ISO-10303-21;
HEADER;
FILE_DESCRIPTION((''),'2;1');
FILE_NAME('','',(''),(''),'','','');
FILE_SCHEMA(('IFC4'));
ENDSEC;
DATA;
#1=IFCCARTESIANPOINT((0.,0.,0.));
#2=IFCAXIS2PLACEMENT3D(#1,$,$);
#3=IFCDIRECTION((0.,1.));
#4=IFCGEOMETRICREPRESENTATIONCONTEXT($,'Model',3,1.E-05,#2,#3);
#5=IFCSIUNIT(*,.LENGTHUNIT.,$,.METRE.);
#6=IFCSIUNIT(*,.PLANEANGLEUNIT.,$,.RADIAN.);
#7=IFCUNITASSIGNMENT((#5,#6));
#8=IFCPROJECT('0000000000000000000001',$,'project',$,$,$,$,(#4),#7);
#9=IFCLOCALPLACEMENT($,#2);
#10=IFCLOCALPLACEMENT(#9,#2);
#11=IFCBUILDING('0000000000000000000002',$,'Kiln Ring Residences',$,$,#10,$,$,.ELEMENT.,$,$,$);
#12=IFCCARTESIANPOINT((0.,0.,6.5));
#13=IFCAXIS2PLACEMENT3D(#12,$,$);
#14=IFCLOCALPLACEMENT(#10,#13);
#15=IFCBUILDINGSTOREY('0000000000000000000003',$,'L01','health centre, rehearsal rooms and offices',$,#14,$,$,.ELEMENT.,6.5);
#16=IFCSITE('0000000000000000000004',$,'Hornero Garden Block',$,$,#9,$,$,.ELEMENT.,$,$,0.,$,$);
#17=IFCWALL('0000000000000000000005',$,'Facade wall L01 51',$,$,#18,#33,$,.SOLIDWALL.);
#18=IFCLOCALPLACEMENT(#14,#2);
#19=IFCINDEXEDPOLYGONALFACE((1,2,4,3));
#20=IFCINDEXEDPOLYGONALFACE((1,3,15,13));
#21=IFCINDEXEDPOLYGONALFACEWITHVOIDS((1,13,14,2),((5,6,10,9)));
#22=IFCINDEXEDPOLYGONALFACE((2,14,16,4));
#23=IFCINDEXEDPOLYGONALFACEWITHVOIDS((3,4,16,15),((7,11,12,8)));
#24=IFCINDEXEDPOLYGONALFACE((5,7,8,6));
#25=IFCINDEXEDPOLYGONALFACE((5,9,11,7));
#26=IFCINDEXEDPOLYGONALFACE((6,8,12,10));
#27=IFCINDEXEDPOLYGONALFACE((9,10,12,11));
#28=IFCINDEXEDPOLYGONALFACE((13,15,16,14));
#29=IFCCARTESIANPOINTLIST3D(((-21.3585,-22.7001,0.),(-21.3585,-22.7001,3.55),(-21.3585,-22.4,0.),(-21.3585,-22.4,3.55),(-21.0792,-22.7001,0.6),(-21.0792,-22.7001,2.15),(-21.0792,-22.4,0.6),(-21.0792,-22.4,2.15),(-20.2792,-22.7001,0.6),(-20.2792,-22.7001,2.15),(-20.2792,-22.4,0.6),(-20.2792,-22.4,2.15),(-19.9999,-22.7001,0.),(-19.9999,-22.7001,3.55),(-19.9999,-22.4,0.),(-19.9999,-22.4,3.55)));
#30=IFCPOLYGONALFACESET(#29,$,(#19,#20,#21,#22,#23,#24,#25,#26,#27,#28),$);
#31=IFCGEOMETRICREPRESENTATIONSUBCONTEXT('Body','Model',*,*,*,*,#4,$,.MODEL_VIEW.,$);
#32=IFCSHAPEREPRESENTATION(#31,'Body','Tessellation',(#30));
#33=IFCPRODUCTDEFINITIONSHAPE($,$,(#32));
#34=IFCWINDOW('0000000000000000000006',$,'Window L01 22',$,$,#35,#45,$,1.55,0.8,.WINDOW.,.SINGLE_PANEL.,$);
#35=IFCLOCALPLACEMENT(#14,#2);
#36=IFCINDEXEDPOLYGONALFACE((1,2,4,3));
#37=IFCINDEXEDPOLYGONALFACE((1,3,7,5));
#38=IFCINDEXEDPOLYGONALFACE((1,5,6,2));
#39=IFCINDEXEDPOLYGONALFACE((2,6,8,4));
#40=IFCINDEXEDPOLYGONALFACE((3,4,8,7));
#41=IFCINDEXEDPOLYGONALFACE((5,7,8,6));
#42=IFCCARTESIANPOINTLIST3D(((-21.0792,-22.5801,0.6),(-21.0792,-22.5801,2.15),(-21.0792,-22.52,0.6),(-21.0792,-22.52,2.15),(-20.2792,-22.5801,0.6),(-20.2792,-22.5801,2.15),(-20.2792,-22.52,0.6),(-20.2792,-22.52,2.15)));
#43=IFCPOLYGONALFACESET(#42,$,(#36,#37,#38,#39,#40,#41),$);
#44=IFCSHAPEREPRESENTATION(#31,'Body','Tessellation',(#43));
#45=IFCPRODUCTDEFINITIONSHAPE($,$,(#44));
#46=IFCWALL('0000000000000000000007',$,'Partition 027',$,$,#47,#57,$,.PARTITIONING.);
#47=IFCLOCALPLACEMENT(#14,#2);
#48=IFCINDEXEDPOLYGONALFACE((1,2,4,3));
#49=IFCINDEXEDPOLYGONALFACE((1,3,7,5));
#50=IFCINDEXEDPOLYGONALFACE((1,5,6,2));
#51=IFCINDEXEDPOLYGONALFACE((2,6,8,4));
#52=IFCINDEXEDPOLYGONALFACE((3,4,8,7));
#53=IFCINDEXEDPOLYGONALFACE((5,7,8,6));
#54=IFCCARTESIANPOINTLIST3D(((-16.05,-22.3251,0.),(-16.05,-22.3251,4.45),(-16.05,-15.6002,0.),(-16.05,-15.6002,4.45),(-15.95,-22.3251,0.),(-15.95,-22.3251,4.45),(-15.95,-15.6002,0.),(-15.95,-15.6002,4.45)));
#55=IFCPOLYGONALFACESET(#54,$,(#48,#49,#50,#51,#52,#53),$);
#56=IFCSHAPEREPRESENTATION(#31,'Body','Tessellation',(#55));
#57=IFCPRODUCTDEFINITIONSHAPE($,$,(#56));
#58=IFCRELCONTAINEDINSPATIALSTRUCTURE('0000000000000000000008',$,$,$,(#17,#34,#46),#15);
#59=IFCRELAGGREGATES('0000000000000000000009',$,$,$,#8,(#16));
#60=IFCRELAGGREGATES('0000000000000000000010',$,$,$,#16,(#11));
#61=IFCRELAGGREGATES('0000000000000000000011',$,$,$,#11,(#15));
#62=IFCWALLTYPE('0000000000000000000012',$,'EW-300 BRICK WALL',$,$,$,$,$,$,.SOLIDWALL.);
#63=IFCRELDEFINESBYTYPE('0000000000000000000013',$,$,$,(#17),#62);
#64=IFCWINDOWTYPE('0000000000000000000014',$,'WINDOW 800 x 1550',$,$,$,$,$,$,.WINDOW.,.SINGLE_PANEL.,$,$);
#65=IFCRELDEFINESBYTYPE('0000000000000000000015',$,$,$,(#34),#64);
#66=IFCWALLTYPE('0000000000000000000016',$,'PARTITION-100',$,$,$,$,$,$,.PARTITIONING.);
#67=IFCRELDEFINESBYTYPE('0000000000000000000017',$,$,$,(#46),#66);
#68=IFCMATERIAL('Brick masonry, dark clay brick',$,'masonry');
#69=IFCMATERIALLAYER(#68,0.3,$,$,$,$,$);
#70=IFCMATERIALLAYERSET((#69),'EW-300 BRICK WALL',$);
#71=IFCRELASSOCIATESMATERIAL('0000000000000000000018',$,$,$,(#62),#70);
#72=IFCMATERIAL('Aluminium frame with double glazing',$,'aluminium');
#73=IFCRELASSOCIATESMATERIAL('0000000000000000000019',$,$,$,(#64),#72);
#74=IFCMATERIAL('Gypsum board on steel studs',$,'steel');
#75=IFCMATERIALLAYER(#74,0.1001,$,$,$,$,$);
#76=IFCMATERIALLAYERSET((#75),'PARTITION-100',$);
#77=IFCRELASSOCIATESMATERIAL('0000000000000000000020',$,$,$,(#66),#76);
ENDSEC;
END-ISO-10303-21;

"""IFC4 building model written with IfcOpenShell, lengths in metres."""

from ifc_helpers import new_model, si_unit, direction, frame, frame_2d, origin, place, context, subcontext, project, spatial, rectangle, extrude, material, layer, layer_set, type_object, element, fill, save


model = new_model("IFC4")

# Units and contexts
model_context = context("Model", 3, precision=1e-05, world=origin(), true_north=direction((0.0, 1.0)))
body_context = subcontext(model_context, "Body", "Model", "MODEL_VIEW")
ifc_project = project(units=[si_unit("LENGTHUNIT", "METRE"), si_unit("PLANEANGLEUNIT", "RADIAN")], contexts=[model_context])

# Site, building, storey
site_placement = place(None, origin())
site = spatial("IfcSite", under=ifc_project, at=site_placement, Name="Hornero Garden Block", CompositionType="ELEMENT", RefElevation=0.0)
building_placement = place(site_placement, origin())
building = spatial("IfcBuilding", under=site, at=building_placement, Name="Kiln Ring Residences", CompositionType="ELEMENT")
storey_placement = place(building_placement, frame((0.0, 0.0, 6.5)))
storey = spatial("IfcBuildingStorey", under=building, at=storey_placement, Name="L01", Description="health centre, rehearsal rooms and offices", CompositionType="ELEMENT", Elevation=6.5)

# Shared definitions
ifc_material_1 = material(Name="Brick masonry, dark clay brick", Category="masonry")
ifc_layer_1 = layer(ifc_material_1, 0.3)
ifc_layer_set_1 = layer_set([ifc_layer_1], Name="EW-300 BRICK WALL")
wall_type_1 = type_object("IfcWallType", Name="EW-300 BRICK WALL", PredefinedType="SOLIDWALL", material=ifc_layer_set_1)

# Wall, opening, window
wall_1_placement = place(storey_placement, frame((-20.0, -22.55, 0.0), z_axis=(0.0, 0.0, 1.0), x_axis=(-1.0, 0.0, 0.0)))
wall_1 = element("IfcWall", 1, at=wall_1_placement, inside=storey, type_object=wall_type_1, Name="Facade wall L01 51", PredefinedType="SOLIDWALL", context=body_context, shape_type="SweptSolid", body=[
    extrude(rectangle(XDim=1.3586, YDim=0.3, at=frame_2d((0.6792, 0.0))), origin(), (0.0, 0.0, 1.0), 3.55),
])
opening_1_placement = place(wall_1_placement, frame((0.2793, 0.0, 0.6001)))
opening_1 = element("IfcOpeningElement", 2, at=opening_1_placement, cuts=wall_1, PredefinedType="OPENING", context=body_context, shape_type="SweptSolid", body=[
    extrude(rectangle(XDim=0.8, YDim=1.55, at=frame_2d((0.3999, 0.7749))), frame((0.0, 0.1599, 0.0), z_axis=(0.0, -1.0, 0.0), x_axis=(1.0, 0.0, 0.0)), (0.0, 0.0, 1.0), 0.3201),
])
ifc_material_2 = material(Name="Aluminium frame with double glazing", Category="aluminium")
window_type = type_object("IfcWindowType", Name="WINDOW 800 x 1550", PartitioningType="SINGLE_PANEL", PredefinedType="WINDOW", material=ifc_material_2)
window_placement = place(opening_1_placement, origin())
window = element("IfcWindow", 3, at=window_placement, inside=storey, type_object=window_type, Name="Window L01 22", OverallHeight=1.55, OverallWidth=0.8, PartitioningType="SINGLE_PANEL", PredefinedType="WINDOW", context=body_context, shape_type="SweptSolid", body=[
    extrude(rectangle(XDim=0.8, YDim=1.55, at=frame_2d((0.3999, 0.7749))), frame((0.0, 0.03, 0.0), z_axis=(0.0, -1.0, 0.0), x_axis=(1.0, 0.0, 0.0)), (0.0, 0.0, 1.0), 0.0601),
])
fill(opening_1, window)

# Wall
ifc_material_3 = material(Name="Gypsum board on steel studs", Category="steel")
ifc_layer_2 = layer(ifc_material_3, 0.1001)
ifc_layer_set_2 = layer_set([ifc_layer_2], Name="PARTITION-100")
wall_type_2 = type_object("IfcWallType", Name="PARTITION-100", PredefinedType="PARTITIONING", material=ifc_layer_set_2)
wall_2_placement = place(storey_placement, frame((-16.0, -22.325, 0.0), z_axis=(0.0, 0.0, 1.0), x_axis=(0.0, 1.0, 0.0)))
element("IfcWall", 4, at=wall_2_placement, inside=storey, type_object=wall_type_2, Name="Partition 027", PredefinedType="PARTITIONING", context=body_context, shape_type="SweptSolid", body=[
    extrude(rectangle(XDim=6.7249, YDim=0.1001, at=frame_2d((3.3623, 0.0))), origin(), (0.0, 0.0, 1.0), 4.45),
])

save(model, "model.ifc")
